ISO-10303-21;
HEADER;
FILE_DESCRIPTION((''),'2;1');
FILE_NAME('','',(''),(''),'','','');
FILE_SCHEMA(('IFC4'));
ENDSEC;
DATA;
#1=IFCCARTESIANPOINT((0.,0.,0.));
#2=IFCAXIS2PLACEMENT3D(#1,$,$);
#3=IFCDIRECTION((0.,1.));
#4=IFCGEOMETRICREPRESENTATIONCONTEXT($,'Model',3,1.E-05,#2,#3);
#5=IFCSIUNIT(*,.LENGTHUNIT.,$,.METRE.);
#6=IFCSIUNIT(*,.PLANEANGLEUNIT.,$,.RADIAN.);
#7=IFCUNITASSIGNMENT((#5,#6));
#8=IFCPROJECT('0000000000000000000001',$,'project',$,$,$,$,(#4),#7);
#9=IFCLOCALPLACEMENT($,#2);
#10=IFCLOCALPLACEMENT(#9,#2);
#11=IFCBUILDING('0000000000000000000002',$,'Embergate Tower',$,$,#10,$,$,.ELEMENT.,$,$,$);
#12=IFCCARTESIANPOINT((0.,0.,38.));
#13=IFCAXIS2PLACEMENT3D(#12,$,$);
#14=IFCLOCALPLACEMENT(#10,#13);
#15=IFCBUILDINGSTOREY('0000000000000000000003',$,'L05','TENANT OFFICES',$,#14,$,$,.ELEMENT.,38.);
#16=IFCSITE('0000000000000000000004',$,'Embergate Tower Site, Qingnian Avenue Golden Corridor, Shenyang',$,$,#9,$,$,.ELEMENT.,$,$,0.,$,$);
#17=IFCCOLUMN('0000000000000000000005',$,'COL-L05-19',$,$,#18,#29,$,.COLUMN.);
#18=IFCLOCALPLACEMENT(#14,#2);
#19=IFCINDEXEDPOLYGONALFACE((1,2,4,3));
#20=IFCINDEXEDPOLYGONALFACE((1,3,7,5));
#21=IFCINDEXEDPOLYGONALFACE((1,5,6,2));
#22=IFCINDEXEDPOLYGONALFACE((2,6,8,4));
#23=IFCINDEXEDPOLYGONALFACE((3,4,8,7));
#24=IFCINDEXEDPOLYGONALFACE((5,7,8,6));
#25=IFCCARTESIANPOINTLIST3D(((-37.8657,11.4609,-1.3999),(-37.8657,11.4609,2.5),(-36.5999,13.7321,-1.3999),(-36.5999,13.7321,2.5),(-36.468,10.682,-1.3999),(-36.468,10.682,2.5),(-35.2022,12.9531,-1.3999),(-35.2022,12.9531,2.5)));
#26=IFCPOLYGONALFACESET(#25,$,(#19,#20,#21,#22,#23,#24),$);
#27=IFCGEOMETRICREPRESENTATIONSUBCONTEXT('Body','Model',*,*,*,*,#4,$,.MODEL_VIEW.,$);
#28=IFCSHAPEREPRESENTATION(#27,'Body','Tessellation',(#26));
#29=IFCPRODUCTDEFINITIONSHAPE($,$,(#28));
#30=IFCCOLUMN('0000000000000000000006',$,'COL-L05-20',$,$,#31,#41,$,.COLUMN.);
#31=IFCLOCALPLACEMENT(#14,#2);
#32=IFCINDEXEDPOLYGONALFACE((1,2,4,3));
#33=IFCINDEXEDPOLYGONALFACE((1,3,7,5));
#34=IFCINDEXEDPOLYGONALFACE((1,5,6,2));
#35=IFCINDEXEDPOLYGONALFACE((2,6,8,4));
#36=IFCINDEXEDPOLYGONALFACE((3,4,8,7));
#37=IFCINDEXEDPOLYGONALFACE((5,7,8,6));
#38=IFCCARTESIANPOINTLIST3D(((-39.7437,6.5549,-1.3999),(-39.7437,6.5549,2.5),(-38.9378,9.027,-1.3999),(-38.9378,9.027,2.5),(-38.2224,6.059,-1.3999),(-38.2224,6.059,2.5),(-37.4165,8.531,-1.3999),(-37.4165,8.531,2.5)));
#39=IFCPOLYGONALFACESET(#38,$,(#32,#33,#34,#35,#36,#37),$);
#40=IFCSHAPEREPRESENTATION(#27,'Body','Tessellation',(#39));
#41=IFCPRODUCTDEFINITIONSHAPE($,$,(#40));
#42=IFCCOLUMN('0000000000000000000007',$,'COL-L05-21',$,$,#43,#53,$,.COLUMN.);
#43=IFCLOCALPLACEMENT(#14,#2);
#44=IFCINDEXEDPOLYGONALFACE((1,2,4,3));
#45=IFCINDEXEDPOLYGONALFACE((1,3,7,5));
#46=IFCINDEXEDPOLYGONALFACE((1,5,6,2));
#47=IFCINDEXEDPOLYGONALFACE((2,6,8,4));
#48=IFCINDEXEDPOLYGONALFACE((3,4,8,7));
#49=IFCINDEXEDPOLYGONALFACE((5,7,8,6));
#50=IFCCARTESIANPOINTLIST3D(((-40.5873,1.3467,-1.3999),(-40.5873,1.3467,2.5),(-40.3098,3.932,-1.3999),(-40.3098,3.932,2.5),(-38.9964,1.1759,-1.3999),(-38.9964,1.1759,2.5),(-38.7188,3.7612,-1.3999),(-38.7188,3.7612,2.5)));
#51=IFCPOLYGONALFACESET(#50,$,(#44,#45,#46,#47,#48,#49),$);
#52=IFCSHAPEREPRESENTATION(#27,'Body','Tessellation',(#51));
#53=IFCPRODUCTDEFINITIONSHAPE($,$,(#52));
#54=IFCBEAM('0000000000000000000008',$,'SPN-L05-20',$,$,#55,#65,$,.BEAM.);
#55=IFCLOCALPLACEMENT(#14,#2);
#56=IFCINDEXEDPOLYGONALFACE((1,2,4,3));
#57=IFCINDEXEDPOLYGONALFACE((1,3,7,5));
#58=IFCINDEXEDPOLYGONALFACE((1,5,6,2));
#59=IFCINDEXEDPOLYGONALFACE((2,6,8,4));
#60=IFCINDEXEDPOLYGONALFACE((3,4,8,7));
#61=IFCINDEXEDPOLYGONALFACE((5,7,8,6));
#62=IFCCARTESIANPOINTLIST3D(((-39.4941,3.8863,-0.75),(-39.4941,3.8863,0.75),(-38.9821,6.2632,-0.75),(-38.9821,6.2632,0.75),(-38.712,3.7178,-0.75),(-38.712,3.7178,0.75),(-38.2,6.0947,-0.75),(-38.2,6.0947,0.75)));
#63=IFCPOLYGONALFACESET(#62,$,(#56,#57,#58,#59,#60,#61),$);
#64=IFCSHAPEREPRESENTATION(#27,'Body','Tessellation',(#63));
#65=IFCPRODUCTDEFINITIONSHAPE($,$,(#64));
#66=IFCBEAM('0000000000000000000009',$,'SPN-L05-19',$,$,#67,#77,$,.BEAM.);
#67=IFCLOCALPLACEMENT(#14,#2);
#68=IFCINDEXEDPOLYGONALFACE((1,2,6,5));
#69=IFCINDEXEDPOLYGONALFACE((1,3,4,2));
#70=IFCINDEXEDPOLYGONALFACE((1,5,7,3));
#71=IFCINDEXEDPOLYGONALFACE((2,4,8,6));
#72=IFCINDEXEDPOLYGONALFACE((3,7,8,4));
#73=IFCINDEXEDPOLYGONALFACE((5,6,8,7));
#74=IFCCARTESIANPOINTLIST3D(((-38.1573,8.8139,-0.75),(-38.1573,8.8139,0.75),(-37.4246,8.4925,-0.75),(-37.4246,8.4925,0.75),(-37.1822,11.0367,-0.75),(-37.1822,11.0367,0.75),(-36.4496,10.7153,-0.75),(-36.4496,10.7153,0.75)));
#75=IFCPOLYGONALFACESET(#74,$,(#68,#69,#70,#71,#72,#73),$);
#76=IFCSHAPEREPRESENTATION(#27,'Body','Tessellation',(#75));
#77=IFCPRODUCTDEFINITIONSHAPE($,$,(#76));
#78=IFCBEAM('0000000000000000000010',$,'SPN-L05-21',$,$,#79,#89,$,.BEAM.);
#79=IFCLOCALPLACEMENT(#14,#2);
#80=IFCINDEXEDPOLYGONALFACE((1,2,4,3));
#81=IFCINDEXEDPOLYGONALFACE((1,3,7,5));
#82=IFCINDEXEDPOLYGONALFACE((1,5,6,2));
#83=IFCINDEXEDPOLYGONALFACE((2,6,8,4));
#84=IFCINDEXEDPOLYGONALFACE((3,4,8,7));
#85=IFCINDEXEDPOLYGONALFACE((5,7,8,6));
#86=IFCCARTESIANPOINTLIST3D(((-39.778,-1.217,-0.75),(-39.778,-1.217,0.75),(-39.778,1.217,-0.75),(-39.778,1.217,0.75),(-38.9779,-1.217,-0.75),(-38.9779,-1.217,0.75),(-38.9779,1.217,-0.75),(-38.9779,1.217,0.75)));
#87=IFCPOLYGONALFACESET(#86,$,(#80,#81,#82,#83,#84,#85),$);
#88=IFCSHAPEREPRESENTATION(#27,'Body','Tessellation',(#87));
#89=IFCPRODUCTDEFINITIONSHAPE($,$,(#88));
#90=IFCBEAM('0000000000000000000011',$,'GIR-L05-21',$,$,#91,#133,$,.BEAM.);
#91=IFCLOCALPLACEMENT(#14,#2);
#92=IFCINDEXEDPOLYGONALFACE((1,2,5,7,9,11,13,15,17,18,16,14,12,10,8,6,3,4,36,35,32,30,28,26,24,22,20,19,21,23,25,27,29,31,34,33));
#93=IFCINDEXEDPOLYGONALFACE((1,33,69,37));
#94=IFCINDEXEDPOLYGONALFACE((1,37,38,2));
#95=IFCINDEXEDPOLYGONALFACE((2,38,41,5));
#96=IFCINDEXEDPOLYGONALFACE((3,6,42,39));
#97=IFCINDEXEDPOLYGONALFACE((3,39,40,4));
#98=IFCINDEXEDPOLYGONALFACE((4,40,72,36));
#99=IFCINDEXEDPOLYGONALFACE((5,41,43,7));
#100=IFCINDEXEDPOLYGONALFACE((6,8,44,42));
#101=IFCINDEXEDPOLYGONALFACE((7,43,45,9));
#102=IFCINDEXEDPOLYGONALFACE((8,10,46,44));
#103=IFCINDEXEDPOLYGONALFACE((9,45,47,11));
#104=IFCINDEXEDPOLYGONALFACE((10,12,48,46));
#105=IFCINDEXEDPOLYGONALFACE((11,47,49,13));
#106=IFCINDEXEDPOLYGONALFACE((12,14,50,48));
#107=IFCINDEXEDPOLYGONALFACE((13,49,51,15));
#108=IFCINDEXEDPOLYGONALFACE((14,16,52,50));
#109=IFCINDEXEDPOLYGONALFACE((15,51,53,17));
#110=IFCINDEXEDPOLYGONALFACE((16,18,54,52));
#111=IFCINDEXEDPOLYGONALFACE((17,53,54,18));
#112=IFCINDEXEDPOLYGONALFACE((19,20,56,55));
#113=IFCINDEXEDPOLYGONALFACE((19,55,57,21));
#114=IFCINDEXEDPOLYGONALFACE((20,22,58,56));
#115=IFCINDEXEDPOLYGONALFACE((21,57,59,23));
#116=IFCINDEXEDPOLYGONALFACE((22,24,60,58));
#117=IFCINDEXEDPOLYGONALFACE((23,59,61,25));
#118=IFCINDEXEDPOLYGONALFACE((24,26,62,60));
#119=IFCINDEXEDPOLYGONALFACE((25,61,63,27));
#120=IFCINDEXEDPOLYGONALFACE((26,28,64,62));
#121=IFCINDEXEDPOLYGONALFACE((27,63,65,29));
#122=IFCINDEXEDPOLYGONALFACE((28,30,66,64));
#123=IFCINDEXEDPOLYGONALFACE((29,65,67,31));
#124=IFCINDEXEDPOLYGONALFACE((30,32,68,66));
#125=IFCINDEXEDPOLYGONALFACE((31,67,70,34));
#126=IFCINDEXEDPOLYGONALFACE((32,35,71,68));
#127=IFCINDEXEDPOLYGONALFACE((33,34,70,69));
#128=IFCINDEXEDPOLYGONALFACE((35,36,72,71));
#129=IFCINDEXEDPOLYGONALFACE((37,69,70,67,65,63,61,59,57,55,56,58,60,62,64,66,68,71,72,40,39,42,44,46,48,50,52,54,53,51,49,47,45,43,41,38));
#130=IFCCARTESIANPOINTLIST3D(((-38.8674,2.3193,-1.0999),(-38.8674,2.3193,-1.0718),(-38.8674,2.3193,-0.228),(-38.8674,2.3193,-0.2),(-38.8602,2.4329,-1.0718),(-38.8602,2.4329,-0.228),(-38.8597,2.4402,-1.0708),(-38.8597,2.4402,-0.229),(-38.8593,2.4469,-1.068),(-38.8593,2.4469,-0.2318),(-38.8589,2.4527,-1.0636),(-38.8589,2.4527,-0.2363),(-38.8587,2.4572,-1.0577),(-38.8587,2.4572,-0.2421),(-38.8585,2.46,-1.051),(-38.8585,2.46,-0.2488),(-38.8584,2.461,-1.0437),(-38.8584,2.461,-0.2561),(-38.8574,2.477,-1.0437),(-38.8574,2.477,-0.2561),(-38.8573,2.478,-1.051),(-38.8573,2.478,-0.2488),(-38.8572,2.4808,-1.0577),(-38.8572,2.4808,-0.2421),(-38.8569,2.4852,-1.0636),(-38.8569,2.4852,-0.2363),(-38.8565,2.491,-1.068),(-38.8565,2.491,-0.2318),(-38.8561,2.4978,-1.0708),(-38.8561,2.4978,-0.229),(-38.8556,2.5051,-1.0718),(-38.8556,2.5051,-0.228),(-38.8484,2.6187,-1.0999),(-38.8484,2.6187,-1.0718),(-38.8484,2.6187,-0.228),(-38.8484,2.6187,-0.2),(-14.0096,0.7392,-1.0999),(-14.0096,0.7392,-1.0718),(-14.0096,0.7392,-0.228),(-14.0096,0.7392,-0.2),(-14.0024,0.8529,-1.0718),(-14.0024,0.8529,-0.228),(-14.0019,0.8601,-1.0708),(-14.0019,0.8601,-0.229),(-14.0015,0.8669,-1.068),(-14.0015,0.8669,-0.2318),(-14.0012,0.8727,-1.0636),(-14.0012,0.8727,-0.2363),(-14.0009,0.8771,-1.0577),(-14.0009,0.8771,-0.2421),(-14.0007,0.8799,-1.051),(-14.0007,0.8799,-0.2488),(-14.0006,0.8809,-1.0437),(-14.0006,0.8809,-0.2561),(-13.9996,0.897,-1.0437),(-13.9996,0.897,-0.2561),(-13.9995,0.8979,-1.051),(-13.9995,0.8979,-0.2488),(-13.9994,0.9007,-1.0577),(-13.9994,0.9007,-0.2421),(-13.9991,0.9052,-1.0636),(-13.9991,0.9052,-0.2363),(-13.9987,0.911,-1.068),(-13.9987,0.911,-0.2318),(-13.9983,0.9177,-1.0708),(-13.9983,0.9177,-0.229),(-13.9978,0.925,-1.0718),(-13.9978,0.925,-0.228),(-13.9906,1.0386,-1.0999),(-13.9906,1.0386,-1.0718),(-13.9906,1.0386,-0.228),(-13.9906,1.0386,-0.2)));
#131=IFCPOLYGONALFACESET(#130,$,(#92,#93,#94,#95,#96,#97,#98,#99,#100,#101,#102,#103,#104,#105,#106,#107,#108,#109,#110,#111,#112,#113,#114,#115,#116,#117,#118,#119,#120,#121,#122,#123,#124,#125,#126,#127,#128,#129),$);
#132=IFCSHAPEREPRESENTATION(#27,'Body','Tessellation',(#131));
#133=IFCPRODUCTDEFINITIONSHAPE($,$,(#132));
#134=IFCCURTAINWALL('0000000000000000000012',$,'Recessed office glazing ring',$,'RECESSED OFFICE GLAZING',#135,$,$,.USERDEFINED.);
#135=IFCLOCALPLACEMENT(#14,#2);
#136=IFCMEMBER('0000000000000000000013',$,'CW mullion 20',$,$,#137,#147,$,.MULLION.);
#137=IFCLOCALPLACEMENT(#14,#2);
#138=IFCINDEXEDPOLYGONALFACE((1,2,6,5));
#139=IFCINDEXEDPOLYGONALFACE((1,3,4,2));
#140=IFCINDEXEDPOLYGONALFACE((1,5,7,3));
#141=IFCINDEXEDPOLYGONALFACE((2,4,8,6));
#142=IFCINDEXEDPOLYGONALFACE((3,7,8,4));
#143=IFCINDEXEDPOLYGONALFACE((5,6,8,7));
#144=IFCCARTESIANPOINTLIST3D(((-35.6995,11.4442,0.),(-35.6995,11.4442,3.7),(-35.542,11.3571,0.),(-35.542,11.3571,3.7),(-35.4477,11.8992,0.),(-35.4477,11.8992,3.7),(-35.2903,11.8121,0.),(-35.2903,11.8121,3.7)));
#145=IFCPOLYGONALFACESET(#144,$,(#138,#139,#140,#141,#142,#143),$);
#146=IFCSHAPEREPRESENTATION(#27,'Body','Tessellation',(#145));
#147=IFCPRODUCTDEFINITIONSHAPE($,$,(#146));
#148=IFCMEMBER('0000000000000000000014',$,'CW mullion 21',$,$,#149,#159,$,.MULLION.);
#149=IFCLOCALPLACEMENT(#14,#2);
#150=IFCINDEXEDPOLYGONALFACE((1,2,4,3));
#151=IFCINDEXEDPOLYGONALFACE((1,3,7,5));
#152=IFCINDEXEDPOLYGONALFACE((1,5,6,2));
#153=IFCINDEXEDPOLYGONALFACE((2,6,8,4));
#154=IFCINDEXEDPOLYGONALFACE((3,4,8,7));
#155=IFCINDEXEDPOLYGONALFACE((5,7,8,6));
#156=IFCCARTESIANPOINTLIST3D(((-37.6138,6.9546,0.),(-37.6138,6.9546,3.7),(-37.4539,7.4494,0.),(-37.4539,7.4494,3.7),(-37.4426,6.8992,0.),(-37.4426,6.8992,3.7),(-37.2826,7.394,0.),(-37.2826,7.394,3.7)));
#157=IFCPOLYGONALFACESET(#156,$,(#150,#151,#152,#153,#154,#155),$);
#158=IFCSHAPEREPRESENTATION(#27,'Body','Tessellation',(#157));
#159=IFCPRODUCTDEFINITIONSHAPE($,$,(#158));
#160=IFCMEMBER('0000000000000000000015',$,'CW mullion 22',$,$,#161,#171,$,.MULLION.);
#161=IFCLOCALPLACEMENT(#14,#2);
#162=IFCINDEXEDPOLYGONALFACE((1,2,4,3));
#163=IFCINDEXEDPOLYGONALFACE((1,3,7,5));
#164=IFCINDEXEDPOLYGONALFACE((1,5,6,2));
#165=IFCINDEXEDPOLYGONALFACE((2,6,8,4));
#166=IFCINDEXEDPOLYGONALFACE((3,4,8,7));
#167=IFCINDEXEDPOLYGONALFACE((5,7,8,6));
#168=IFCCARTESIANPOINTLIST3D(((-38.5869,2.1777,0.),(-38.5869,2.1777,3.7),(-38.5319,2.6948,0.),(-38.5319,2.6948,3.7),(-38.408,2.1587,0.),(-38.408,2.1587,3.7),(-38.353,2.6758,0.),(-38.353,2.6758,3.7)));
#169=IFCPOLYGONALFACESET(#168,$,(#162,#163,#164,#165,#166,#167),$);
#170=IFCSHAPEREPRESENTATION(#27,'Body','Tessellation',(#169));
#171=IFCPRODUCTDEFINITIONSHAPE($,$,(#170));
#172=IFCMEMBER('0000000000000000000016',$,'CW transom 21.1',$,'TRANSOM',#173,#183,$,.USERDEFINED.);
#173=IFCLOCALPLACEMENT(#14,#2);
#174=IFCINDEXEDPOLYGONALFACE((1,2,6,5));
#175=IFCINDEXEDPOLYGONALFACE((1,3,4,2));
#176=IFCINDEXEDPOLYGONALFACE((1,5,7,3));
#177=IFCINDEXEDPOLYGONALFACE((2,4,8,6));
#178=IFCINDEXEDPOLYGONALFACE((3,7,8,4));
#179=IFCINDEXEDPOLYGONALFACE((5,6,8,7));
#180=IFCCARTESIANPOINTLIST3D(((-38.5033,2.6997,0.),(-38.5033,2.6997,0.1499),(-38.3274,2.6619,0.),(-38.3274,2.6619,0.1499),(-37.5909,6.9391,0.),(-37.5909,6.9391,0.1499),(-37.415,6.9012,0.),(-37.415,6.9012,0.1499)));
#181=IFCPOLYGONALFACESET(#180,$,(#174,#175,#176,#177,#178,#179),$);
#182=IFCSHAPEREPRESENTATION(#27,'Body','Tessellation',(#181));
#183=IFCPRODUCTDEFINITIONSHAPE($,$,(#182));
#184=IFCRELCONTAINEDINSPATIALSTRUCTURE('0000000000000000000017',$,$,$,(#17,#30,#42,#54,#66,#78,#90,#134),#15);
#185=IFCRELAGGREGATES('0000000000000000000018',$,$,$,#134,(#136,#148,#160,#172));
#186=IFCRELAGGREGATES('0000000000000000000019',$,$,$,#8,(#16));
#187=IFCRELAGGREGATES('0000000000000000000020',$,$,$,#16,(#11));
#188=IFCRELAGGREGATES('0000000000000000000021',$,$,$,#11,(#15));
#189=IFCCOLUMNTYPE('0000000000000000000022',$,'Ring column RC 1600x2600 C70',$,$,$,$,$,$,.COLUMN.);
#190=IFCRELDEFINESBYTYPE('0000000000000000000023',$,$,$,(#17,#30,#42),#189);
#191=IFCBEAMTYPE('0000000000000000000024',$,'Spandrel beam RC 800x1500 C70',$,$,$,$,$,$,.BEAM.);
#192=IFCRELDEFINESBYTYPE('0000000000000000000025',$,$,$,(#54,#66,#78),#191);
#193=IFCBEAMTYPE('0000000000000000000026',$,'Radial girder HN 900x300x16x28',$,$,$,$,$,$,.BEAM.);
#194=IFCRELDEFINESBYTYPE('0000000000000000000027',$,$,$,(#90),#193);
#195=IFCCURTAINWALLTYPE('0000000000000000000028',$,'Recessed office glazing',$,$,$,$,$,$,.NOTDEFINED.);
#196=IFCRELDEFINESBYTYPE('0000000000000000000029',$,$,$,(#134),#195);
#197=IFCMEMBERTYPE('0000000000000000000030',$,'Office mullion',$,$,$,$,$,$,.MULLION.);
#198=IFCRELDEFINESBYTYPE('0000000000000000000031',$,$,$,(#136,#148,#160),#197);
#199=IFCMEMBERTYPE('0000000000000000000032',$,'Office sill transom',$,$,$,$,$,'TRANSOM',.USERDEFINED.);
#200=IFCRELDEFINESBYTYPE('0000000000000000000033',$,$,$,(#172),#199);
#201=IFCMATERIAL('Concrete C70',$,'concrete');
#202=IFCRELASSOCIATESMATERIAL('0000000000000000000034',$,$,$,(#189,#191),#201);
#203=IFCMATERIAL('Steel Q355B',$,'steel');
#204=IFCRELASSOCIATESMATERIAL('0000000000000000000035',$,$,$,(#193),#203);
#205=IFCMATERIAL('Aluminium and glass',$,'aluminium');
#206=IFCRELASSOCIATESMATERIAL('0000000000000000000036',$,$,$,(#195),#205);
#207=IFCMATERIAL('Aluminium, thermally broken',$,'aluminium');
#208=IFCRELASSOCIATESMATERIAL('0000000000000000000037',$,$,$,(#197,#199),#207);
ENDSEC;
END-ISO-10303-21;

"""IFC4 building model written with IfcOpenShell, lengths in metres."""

from ifc_helpers import new_model, si_unit, direction, frame, origin, origin_2d, place, context, subcontext, project, spatial, rectangle, i_section, extrude, source, transform, mapped, material, material_profile, profile_set, type_object, element, aggregate, save


model = new_model("IFC4")

# Units and contexts
model_context = context("Model", 3, precision=1e-05, world=origin(), true_north=direction((0.0, 1.0)))
body_context = subcontext(model_context, "Body", "Model", "MODEL_VIEW")
ifc_project = project(units=[si_unit("LENGTHUNIT", "METRE"), si_unit("PLANEANGLEUNIT", "RADIAN")], contexts=[model_context])

# Site, building, storey
site_placement = place(None, origin())
site = spatial("IfcSite", under=ifc_project, at=site_placement, Name="Embergate Tower Site, Qingnian Avenue Golden Corridor, Shenyang", CompositionType="ELEMENT", RefElevation=0.0)
building_placement = place(site_placement, origin())
building = spatial("IfcBuilding", under=site, at=building_placement, Name="Embergate Tower", CompositionType="ELEMENT")
storey_placement = place(building_placement, frame((0.0, 0.0, 38.0)))
storey = spatial("IfcBuildingStorey", under=building, at=storey_placement, Name="L05", Description="TENANT OFFICES", CompositionType="ELEMENT", Elevation=38.0)

# Columns
ifc_material_1 = material(Name="Concrete C70", Category="concrete")
ifc_material_profile_1 = material_profile(ifc_material_1, rectangle(XDim=1.6001, YDim=2.6001, at=origin_2d()), Name="RC 1600x2600")
ifc_profile_set_1 = profile_set([ifc_material_profile_1], Name="Concrete C70")
column_type = type_object("IfcColumnType", Name="Ring column RC 1600x2600 C70", PredefinedType="COLUMN", material=ifc_profile_set_1)
shared_shape_1 = source(origin(), body_context, "Body", "SweptSolid", [
    extrude(rectangle(XDim=1.6001, YDim=2.6001, at=origin_2d()), origin(), (0.0, 0.0, 1.0), 3.8999),
])
for number, where, z_axis, x_axis, name in (
    (1, (-36.5339, 12.207, -1.3999), (0.0, 0.0, 1.0), (-0.873492, 0.486839, 0.0), "COL-L05-19"),
    (2, (-38.5801, 7.543, -1.3999), (0.0, 0.0, 1.0), (-0.950754, 0.309946, 0.0), "COL-L05-20"),
    (3, (-39.6531, 2.554, -1.3999), (0.0, 0.0, 1.0), (-0.994286, 0.10675, 0.0), "COL-L05-21"),
):
    element("IfcColumn", number, at=place(storey_placement, frame(where, z_axis=z_axis, x_axis=x_axis)), inside=storey, type_object=column_type, Name=name, PredefinedType="COLUMN", context=body_context, shape_type="MappedRepresentation", body=[
        mapped(shared_shape_1, transform((0.0, 0.0, 0.0))),
    ])

# Beams
ifc_material_profile_2 = material_profile(ifc_material_1, rectangle(XDim=0.8, YDim=1.5, at=origin_2d()), Name="RC 800x1500")
ifc_profile_set_2 = profile_set([ifc_material_profile_2], Name="Concrete C70")
beam_type_1 = type_object("IfcBeamType", Name="Spandrel beam RC 800x1500 C70", PredefinedType="BEAM", material=ifc_profile_set_2)
shared_shape_2 = source(origin(), body_context, "Body", "SweptSolid", [
    extrude(rectangle(XDim=0.8, YDim=1.5, at=origin_2d()), origin(), (0.0, 0.0, 1.0), 2.4314),
])
beam_1_placement = place(storey_placement, frame((-38.5911, 6.179, 0.0), z_axis=(-0.210558, -0.977581, 0.0), x_axis=(0.977581, -0.210558, 0.0)))
element("IfcBeam", 4, at=beam_1_placement, inside=storey, type_object=beam_type_1, Name="SPN-L05-20", PredefinedType="BEAM", context=body_context, shape_type="MappedRepresentation", body=[
    mapped(shared_shape_2, transform((0.0, 0.0, 0.0))),
])
shared_shape_3 = source(origin(), body_context, "Body", "SweptSolid", [
    extrude(rectangle(XDim=0.8, YDim=1.5, at=origin_2d()), origin(), (0.0, 0.0, 1.0), 2.4272),
])
beam_2_placement = place(storey_placement, frame((-36.8159, 10.876, 0.0), z_axis=(-0.40171, -0.915767, 0.0), x_axis=(0.915767, -0.40171, 0.0)))
element("IfcBeam", 5, at=beam_2_placement, inside=storey, type_object=beam_type_1, Name="SPN-L05-19", PredefinedType="BEAM", context=body_context, shape_type="MappedRepresentation", body=[
    mapped(shared_shape_3, transform((0.0, 0.0, 0.0))),
])
shared_shape_4 = source(origin(), body_context, "Body", "SweptSolid", [
    extrude(rectangle(XDim=0.8, YDim=1.5, at=origin_2d()), origin(), (0.0, 0.0, 1.0), 2.4341),
])
beam_3_placement = place(storey_placement, frame((-39.3779, 1.217, 0.0), z_axis=(0.0, -1.0, 0.0), x_axis=(1.0, 0.0, 0.0)))
element("IfcBeam", 6, at=beam_3_placement, inside=storey, type_object=beam_type_1, Name="SPN-L05-21", PredefinedType="BEAM", context=body_context, shape_type="MappedRepresentation", body=[
    mapped(shared_shape_4, transform((0.0, 0.0, 0.0))),
])
ifc_material_2 = material(Name="Steel Q355B", Category="steel")
ifc_material_profile_3 = material_profile(ifc_material_2, i_section(OverallWidth=0.3, OverallDepth=0.8999, WebThickness=0.0161, FlangeThickness=0.0281, FilletRadius=0.0281, at=origin_2d()), Name="HN 900x300x16x28")
ifc_profile_set_3 = profile_set([ifc_material_profile_3], Name="Steel Q355 grade B")
beam_type_2 = type_object("IfcBeamType", Name="Radial girder HN 900x300x16x28", PredefinedType="BEAM", material=ifc_profile_set_3)
shared_shape_5 = source(origin(), body_context, "Body", "SweptSolid", [
    extrude(i_section(OverallWidth=0.3, OverallDepth=0.8999, WebThickness=0.0161, FlangeThickness=0.0281, FilletRadius=0.0281, at=origin_2d()), origin(), (0.0, 0.0, 1.0), 24.908),
])
beam_4_placement = place(storey_placement, frame((-38.8579, 2.469, -0.6499), z_axis=(0.997986, -0.063436, 0.0), x_axis=(0.063436, 0.997986, 0.0)))
element("IfcBeam", 7, at=beam_4_placement, inside=storey, type_object=beam_type_2, Name="GIR-L05-21", PredefinedType="BEAM", context=body_context, shape_type="MappedRepresentation", body=[
    mapped(shared_shape_5, transform((0.0, 0.0, 0.0))),
])

# Curtain wall, members
ifc_material_3 = material(Name="Aluminium and glass", Category="aluminium")
curtain_wall_type = type_object("IfcCurtainWallType", Name="Recessed office glazing", PredefinedType="NOTDEFINED", material=ifc_material_3)
curtain_wall_placement = place(storey_placement, origin())
curtain_wall = element("IfcCurtainWall", 8, at=curtain_wall_placement, inside=storey, type_object=curtain_wall_type, Name="Recessed office glazing ring", ObjectType="RECESSED OFFICE GLAZING", PredefinedType="USERDEFINED")
ifc_material_4 = material(Name="Aluminium, thermally broken", Category="aluminium")
ifc_material_profile_4 = material_profile(ifc_material_4, rectangle(XDim=0.1799, YDim=0.52, at=origin_2d()), Name="AL 520x180")
ifc_profile_set_4 = profile_set([ifc_material_profile_4], Name="Aluminium, thermally broken")
member_type_1 = type_object("IfcMemberType", Name="Office mullion", PredefinedType="MULLION", material=ifc_profile_set_4)
shared_shape_6 = source(origin(), body_context, "Body", "SweptSolid", [
    extrude(rectangle(XDim=0.1799, YDim=0.52, at=origin_2d()), origin(), (0.0, 0.0, 1.0), 3.7),
])
member_1_placement = place(storey_placement, frame((-35.4949, 11.6282, 0.0), z_axis=(0.0, 0.0, 1.0), x_axis=(0.875003, -0.484118, 0.0)))
member_1 = element("IfcMember", 9, at=member_1_placement, type_object=member_type_1, Name="CW mullion 20", PredefinedType="MULLION", context=body_context, shape_type="MappedRepresentation", body=[
    mapped(shared_shape_6, transform((0.0, 0.0, 0.0))),
])
member_2_placement = place(storey_placement, frame((-37.4482, 7.1743, 0.0), z_axis=(0.0, 0.0, 1.0), x_axis=(0.951499, -0.307652, 0.0)))
member_2 = element("IfcMember", 10, at=member_2_placement, type_object=member_type_1, Name="CW mullion 21", PredefinedType="MULLION", context=body_context, shape_type="MappedRepresentation", body=[
    mapped(shared_shape_6, transform((0.0, 0.0, 0.0))),
])
member_3_placement = place(storey_placement, frame((-38.47, 2.4268, 0.0), z_axis=(0.0, 0.0, 1.0), x_axis=(0.994385, -0.105823, 0.0)))
member_3 = element("IfcMember", 11, at=member_3_placement, type_object=member_type_1, Name="CW mullion 22", PredefinedType="MULLION", context=body_context, shape_type="MappedRepresentation", body=[
    mapped(shared_shape_6, transform((0.0, 0.0, 0.0))),
])
ifc_material_profile_5 = material_profile(ifc_material_4, rectangle(XDim=0.1799, YDim=0.1499, at=origin_2d()), Name="AL 150x180")
ifc_profile_set_5 = profile_set([ifc_material_profile_5], Name="Aluminium, thermally broken")
member_type_2 = type_object("IfcMemberType", Name="Office sill transom", ElementType="TRANSOM", PredefinedType="USERDEFINED", material=ifc_profile_set_5)
shared_shape_7 = source(origin(), body_context, "Body", "SweptSolid", [
    extrude(rectangle(XDim=0.1799, YDim=0.1499, at=origin_2d()), origin(), (0.0, 0.0, 1.0), 4.3364),
])
member_4_placement = place(storey_placement, frame((-37.5029, 6.9202, 0.075), z_axis=(-0.210398, -0.977616, 0.0), x_axis=(0.977616, -0.210398, 0.0)))
member_4 = element("IfcMember", 12, at=member_4_placement, type_object=member_type_2, Name="CW transom 21.1", ObjectType="TRANSOM", PredefinedType="USERDEFINED", context=body_context, shape_type="MappedRepresentation", body=[
    mapped(shared_shape_7, transform((0.0, 0.0, 0.0))),
])
aggregate(curtain_wall, [member_1, member_2, member_3, member_4])

save(model, "model.ifc")
